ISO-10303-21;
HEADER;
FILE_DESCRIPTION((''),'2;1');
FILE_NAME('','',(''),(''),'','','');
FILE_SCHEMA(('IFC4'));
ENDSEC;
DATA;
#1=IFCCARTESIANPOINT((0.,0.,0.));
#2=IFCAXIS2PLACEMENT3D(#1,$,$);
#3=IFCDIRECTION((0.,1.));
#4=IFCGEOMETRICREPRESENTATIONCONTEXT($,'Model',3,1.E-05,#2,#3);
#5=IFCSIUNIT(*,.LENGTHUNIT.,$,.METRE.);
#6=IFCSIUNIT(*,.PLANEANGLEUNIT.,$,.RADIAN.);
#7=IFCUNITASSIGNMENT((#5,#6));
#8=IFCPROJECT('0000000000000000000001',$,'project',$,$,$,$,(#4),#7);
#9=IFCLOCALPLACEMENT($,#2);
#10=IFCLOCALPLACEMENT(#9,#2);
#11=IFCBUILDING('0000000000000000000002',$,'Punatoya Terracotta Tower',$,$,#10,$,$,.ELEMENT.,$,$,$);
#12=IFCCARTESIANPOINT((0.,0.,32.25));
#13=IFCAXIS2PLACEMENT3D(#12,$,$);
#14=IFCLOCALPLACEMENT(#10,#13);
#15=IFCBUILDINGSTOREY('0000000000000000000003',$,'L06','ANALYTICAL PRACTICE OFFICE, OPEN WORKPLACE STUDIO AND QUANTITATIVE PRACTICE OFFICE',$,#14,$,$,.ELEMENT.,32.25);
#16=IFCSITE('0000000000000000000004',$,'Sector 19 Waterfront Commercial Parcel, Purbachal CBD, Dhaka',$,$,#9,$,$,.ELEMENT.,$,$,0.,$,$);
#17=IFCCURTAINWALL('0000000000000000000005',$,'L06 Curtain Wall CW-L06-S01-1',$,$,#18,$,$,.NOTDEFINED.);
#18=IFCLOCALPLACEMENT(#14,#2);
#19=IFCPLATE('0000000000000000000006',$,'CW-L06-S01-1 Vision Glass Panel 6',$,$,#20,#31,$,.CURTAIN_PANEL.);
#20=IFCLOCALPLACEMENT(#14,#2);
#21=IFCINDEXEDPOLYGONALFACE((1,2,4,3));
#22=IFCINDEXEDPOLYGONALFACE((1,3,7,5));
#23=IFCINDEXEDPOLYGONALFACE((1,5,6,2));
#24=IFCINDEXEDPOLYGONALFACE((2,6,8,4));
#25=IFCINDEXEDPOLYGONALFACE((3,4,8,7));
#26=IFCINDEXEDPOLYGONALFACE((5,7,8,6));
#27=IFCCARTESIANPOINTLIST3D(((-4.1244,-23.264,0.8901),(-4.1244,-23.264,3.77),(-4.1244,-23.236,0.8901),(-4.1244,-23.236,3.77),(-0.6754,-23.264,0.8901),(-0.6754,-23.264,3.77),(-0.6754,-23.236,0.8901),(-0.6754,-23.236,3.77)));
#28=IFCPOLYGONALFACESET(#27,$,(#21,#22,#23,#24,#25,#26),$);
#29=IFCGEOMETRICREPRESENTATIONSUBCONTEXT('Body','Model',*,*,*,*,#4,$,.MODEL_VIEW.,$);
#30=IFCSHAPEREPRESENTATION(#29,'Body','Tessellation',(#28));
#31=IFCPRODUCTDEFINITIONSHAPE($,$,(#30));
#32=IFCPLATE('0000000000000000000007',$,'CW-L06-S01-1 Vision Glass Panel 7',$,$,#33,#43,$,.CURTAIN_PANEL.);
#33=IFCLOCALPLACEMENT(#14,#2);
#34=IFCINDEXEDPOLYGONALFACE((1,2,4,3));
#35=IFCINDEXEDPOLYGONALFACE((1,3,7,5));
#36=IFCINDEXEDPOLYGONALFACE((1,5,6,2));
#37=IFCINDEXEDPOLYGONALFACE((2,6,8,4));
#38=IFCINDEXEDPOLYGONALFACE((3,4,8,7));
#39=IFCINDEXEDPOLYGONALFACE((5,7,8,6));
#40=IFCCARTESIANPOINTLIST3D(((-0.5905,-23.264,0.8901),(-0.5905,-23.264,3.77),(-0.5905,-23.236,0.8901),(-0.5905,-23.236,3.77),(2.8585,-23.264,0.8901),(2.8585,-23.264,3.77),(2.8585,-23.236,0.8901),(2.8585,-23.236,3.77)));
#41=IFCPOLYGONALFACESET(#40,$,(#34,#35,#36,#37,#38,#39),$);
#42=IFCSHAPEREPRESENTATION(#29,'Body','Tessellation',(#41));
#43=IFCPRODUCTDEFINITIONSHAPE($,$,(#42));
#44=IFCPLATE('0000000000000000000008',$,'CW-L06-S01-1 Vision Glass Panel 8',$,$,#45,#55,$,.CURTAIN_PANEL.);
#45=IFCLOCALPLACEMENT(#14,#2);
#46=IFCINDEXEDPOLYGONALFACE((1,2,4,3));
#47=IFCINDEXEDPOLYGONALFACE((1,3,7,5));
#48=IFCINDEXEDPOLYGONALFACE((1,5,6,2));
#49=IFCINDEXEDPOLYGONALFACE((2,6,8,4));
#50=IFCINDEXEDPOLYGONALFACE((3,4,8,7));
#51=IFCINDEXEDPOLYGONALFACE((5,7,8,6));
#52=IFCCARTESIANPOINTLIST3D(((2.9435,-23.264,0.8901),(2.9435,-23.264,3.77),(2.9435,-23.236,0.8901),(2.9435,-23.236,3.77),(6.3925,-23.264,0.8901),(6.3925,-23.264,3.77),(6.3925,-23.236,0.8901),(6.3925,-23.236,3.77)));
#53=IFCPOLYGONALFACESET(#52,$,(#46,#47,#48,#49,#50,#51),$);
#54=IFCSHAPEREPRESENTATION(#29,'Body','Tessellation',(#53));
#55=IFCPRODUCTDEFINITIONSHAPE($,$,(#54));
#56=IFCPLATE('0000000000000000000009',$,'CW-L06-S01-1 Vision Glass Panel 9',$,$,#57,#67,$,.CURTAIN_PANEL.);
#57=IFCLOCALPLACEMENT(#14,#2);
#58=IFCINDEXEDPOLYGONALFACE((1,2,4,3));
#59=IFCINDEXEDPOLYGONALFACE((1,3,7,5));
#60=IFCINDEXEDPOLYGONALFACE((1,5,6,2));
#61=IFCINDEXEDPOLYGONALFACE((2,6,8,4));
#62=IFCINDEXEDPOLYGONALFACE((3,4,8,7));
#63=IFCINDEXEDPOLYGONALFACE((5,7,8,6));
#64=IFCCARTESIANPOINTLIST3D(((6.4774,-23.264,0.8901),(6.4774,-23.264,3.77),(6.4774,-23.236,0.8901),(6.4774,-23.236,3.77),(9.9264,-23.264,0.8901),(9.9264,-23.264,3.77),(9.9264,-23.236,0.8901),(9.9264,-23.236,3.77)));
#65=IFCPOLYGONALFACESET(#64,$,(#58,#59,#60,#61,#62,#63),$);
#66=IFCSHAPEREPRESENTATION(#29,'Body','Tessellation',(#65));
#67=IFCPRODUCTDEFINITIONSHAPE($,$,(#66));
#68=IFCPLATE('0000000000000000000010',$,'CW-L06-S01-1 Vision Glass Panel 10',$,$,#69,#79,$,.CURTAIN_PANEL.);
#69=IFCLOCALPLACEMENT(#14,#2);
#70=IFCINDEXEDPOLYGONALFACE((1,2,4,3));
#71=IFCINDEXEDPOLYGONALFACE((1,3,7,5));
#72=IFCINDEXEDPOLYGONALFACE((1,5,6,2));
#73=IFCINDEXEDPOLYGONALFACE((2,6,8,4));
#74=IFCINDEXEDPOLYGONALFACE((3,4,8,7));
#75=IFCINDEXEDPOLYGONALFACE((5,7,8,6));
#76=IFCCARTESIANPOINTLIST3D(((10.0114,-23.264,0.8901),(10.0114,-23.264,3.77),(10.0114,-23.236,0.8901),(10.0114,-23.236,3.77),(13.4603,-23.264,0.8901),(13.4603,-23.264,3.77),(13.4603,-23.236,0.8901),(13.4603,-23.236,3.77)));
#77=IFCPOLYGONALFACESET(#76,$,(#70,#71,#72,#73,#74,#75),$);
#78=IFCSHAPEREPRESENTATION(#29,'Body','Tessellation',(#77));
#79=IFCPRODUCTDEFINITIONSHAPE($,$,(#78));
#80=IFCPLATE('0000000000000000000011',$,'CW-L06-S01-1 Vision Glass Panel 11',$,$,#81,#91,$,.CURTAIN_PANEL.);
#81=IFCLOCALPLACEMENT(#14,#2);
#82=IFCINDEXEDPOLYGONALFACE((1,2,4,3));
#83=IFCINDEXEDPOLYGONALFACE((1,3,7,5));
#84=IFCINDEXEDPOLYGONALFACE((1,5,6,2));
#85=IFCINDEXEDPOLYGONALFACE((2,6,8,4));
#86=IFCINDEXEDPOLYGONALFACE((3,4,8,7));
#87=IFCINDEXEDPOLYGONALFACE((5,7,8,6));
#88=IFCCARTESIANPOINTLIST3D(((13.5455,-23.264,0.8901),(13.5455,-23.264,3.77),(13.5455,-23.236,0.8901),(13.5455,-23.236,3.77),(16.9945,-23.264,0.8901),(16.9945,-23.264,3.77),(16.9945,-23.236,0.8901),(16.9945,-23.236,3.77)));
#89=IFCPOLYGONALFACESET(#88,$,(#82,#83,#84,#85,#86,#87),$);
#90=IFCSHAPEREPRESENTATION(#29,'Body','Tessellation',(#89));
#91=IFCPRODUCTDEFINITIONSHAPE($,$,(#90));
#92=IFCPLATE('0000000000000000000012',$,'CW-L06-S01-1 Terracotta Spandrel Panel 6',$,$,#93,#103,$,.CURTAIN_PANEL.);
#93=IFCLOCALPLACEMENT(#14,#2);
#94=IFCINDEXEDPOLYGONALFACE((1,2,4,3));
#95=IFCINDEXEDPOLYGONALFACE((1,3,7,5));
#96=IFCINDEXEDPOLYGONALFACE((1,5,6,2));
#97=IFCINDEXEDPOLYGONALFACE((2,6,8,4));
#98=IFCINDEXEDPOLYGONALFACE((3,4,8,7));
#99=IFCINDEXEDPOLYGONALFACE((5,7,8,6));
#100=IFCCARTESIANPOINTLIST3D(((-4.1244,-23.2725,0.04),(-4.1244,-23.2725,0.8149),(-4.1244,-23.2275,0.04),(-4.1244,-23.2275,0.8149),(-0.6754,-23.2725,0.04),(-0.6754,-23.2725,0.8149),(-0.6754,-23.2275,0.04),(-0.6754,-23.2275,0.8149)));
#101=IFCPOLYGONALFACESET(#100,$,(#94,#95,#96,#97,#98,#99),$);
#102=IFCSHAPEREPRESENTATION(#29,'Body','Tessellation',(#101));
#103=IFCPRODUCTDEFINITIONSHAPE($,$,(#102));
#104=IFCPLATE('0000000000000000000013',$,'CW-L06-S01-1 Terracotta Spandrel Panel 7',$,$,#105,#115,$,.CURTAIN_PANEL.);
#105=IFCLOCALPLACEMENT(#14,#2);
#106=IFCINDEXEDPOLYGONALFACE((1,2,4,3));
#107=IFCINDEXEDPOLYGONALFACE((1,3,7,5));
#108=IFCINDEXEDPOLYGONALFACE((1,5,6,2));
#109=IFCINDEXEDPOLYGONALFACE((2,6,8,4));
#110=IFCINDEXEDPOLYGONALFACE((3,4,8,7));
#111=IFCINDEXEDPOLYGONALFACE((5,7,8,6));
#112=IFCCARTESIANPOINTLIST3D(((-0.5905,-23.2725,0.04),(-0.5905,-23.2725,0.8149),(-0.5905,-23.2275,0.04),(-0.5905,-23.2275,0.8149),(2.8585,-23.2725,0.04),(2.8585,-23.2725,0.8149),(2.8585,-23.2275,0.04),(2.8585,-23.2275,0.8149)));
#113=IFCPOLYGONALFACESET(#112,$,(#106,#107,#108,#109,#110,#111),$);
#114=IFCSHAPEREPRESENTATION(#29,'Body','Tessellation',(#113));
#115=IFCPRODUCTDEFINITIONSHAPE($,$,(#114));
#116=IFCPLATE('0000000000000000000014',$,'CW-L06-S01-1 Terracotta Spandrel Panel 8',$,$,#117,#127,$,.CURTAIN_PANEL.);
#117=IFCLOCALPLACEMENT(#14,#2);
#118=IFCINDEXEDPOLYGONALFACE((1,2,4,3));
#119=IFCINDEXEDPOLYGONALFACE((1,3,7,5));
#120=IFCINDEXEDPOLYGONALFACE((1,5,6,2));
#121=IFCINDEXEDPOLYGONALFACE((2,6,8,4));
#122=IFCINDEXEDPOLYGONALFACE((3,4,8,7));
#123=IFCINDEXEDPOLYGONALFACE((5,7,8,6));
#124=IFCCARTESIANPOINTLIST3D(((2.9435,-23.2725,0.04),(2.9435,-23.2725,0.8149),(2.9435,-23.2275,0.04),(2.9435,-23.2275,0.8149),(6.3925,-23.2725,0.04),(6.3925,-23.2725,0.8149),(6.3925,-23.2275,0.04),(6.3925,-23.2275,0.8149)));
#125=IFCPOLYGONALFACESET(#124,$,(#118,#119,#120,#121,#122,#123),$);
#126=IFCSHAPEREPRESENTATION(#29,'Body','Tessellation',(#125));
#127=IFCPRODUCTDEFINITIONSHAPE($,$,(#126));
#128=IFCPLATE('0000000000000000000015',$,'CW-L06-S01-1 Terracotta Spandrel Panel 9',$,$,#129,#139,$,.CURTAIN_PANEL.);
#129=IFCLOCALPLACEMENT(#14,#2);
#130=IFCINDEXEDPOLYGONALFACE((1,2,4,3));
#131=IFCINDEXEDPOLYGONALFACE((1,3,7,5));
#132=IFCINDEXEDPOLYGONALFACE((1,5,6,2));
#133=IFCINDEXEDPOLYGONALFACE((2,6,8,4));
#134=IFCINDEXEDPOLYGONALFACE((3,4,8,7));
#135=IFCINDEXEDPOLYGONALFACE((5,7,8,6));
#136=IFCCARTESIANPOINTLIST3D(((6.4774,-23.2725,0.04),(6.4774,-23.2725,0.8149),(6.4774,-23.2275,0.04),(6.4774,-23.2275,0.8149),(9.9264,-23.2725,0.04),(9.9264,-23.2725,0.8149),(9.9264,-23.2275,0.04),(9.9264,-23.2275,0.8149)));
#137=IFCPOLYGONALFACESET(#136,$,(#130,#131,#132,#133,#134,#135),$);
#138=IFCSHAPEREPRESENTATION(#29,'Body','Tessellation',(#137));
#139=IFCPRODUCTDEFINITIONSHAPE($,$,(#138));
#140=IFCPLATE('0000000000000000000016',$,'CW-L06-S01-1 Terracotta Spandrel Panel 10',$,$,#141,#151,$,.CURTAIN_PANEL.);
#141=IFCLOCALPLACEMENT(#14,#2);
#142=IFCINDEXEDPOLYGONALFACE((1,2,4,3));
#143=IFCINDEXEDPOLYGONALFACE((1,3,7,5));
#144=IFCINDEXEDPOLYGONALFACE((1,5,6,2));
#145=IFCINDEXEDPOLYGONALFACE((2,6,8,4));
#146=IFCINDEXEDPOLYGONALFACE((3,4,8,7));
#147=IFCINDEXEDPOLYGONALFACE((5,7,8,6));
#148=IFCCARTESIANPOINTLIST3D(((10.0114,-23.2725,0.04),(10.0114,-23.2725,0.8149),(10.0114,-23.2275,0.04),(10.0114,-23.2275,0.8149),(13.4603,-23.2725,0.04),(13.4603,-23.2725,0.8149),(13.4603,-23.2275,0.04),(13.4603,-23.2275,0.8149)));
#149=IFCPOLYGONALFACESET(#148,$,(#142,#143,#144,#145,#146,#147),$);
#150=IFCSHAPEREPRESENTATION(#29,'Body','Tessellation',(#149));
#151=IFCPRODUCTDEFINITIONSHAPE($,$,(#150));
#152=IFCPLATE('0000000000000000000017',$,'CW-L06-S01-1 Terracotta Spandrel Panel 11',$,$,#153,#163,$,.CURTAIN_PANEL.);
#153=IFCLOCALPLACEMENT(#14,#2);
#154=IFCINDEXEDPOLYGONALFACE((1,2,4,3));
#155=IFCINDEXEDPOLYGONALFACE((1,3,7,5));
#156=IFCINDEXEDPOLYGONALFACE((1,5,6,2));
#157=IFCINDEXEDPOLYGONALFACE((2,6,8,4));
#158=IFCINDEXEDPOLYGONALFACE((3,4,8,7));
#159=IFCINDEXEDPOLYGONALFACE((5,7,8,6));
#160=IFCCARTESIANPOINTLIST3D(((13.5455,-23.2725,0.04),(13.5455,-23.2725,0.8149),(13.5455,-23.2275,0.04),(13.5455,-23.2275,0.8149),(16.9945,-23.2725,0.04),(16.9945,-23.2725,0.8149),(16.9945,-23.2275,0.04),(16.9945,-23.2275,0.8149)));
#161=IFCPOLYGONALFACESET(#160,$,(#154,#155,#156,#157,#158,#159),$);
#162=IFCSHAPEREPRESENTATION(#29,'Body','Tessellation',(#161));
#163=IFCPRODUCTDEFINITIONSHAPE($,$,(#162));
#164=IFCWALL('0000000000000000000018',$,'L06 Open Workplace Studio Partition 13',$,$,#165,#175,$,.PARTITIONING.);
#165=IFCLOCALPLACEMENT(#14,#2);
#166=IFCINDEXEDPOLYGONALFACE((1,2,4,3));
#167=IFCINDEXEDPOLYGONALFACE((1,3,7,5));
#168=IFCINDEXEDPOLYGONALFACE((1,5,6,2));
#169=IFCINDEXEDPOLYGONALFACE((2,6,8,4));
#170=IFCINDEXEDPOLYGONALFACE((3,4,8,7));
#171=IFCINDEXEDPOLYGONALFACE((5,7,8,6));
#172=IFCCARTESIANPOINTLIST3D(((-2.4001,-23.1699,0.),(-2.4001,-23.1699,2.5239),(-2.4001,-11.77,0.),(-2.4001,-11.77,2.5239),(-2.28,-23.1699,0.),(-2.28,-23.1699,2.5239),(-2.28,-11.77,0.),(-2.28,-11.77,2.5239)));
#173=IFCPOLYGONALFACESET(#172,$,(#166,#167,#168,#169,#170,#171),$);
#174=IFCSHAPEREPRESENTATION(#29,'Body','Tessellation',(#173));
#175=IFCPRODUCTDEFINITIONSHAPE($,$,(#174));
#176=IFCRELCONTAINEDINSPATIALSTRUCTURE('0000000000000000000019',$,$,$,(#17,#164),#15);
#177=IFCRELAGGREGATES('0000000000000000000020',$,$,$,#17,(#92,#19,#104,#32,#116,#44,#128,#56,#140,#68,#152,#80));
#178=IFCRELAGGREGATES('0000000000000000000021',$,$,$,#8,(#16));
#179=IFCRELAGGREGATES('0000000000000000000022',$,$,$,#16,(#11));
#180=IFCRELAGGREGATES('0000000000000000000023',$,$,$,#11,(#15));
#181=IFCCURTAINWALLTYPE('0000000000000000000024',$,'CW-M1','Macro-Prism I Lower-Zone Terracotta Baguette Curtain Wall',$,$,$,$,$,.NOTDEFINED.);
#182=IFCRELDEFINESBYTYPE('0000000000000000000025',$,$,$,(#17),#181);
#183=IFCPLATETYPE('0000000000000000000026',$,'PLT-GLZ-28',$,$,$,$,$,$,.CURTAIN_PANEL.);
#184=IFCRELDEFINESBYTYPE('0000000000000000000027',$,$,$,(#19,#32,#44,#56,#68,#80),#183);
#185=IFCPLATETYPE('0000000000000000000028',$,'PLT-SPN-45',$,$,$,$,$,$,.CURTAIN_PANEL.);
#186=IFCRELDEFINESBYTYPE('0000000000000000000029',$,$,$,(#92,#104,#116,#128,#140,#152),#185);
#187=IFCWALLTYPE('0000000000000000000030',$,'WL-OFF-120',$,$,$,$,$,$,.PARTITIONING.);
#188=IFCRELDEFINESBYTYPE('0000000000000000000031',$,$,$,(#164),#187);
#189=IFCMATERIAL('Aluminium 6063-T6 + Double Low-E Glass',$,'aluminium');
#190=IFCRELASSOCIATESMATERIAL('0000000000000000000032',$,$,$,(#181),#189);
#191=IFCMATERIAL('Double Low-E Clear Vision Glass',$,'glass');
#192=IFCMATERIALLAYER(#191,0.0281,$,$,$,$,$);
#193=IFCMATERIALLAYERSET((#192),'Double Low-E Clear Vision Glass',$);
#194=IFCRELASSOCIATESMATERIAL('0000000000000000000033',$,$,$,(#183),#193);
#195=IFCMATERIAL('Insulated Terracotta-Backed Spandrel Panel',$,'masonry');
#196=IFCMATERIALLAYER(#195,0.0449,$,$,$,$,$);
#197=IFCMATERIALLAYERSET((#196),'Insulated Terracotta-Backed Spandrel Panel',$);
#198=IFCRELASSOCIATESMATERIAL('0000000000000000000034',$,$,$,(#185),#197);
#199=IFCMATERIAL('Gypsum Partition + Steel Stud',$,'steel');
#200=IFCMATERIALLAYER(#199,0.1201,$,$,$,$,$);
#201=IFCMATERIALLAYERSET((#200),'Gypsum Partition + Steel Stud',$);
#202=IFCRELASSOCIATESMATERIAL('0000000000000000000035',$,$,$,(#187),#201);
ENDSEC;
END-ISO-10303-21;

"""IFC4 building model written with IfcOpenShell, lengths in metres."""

from ifc_helpers import new_model, si_unit, direction, frame, frame_2d, origin, origin_2d, place, context, subcontext, project, spatial, rectangle, extrude, material, layer, layer_set, type_object, element, aggregate, save


model = new_model("IFC4")

# Units and contexts
model_context = context("Model", 3, precision=1e-05, world=origin(), true_north=direction((0.0, 1.0)))
body_context = subcontext(model_context, "Body", "Model", "MODEL_VIEW")
ifc_project = project(units=[si_unit("LENGTHUNIT", "METRE"), si_unit("PLANEANGLEUNIT", "RADIAN")], contexts=[model_context])

# Site, building, storey
site_placement = place(None, origin())
site = spatial("IfcSite", under=ifc_project, at=site_placement, Name="Sector 19 Waterfront Commercial Parcel, Purbachal CBD, Dhaka", CompositionType="ELEMENT", RefElevation=0.0)
building_placement = place(site_placement, origin())
building = spatial("IfcBuilding", under=site, at=building_placement, Name="Punatoya Terracotta Tower", CompositionType="ELEMENT")
storey_placement = place(building_placement, frame((0.0, 0.0, 32.25)))
storey = spatial("IfcBuildingStorey", under=building, at=storey_placement, Name="L06", Description="ANALYTICAL PRACTICE OFFICE, OPEN WORKPLACE STUDIO AND QUANTITATIVE PRACTICE OFFICE", CompositionType="ELEMENT", Elevation=32.25)

# Curtain wall
ifc_material_1 = material(Name="Aluminium 6063-T6 + Double Low-E Glass", Category="aluminium")
curtain_wall_type = type_object("IfcCurtainWallType", Name="CW-M1", Description="Macro-Prism I Lower-Zone Terracotta Baguette Curtain Wall", PredefinedType="NOTDEFINED", material=ifc_material_1)
curtain_wall_1_placement = place(storey_placement, origin())
curtain_wall_1 = element("IfcCurtainWall", 1, at=curtain_wall_1_placement, inside=storey, type_object=curtain_wall_type, Name="L06 Curtain Wall CW-L06-S01-1", PredefinedType="NOTDEFINED")

# Plates
ifc_material_2 = material(Name="Double Low-E Clear Vision Glass", Category="glass")
ifc_layer_1 = layer(ifc_material_2, 0.0281)
ifc_layer_set_1 = layer_set([ifc_layer_1], Name="Double Low-E Clear Vision Glass")
plate_type_1 = type_object("IfcPlateType", Name="PLT-GLZ-28", PredefinedType="CURTAIN_PANEL", material=ifc_layer_set_1)
plate_1_placement = place(storey_placement, frame((-2.3999, -23.25, 0.8901), z_axis=(0.0, 0.0, 1.0), x_axis=(1.0, 0.0, 0.0)))
plate_1 = element("IfcPlate", 2, at=plate_1_placement, type_object=plate_type_1, Name="CW-L06-S01-1 Vision Glass Panel 6", PredefinedType="CURTAIN_PANEL", context=body_context, shape_type="SweptSolid", body=[
    extrude(rectangle(XDim=3.449, YDim=0.0281, at=origin_2d()), origin(), (0.0, 0.0, 1.0), 2.8799),
])
plate_2_placement = place(storey_placement, frame((1.134, -23.25, 0.8901), z_axis=(0.0, 0.0, 1.0), x_axis=(1.0, 0.0, 0.0)))
plate_2 = element("IfcPlate", 3, at=plate_2_placement, type_object=plate_type_1, Name="CW-L06-S01-1 Vision Glass Panel 7", PredefinedType="CURTAIN_PANEL", context=body_context, shape_type="SweptSolid", body=[
    extrude(rectangle(XDim=3.449, YDim=0.0281, at=origin_2d()), origin(), (0.0, 0.0, 1.0), 2.8799),
])
plate_3_placement = place(storey_placement, frame((4.668, -23.25, 0.8901), z_axis=(0.0, 0.0, 1.0), x_axis=(1.0, 0.0, 0.0)))
plate_3 = element("IfcPlate", 4, at=plate_3_placement, type_object=plate_type_1, Name="CW-L06-S01-1 Vision Glass Panel 8", PredefinedType="CURTAIN_PANEL", context=body_context, shape_type="SweptSolid", body=[
    extrude(rectangle(XDim=3.449, YDim=0.0281, at=origin_2d()), origin(), (0.0, 0.0, 1.0), 2.8799),
])
plate_4_placement = place(storey_placement, frame((8.2019, -23.25, 0.8901), z_axis=(0.0, 0.0, 1.0), x_axis=(1.0, 0.0, 0.0)))
plate_4 = element("IfcPlate", 5, at=plate_4_placement, type_object=plate_type_1, Name="CW-L06-S01-1 Vision Glass Panel 9", PredefinedType="CURTAIN_PANEL", context=body_context, shape_type="SweptSolid", body=[
    extrude(rectangle(XDim=3.449, YDim=0.0281, at=origin_2d()), origin(), (0.0, 0.0, 1.0), 2.8799),
])
plate_5_placement = place(storey_placement, frame((11.7358, -23.25, 0.8901), z_axis=(0.0, 0.0, 1.0), x_axis=(1.0, 0.0, 0.0)))
plate_5 = element("IfcPlate", 6, at=plate_5_placement, type_object=plate_type_1, Name="CW-L06-S01-1 Vision Glass Panel 10", PredefinedType="CURTAIN_PANEL", context=body_context, shape_type="SweptSolid", body=[
    extrude(rectangle(XDim=3.449, YDim=0.0281, at=origin_2d()), origin(), (0.0, 0.0, 1.0), 2.8799),
])
plate_6_placement = place(storey_placement, frame((15.27, -23.25, 0.8901), z_axis=(0.0, 0.0, 1.0), x_axis=(1.0, 0.0, 0.0)))
plate_6 = element("IfcPlate", 7, at=plate_6_placement, type_object=plate_type_1, Name="CW-L06-S01-1 Vision Glass Panel 11", PredefinedType="CURTAIN_PANEL", context=body_context, shape_type="SweptSolid", body=[
    extrude(rectangle(XDim=3.449, YDim=0.0281, at=origin_2d()), origin(), (0.0, 0.0, 1.0), 2.8799),
])
ifc_material_3 = material(Name="Insulated Terracotta-Backed Spandrel Panel", Category="masonry")
ifc_layer_2 = layer(ifc_material_3, 0.0449)
ifc_layer_set_2 = layer_set([ifc_layer_2], Name="Insulated Terracotta-Backed Spandrel Panel")
plate_type_2 = type_object("IfcPlateType", Name="PLT-SPN-45", PredefinedType="CURTAIN_PANEL", material=ifc_layer_set_2)
plate_7_placement = place(storey_placement, frame((-2.3999, -23.25, 0.04), z_axis=(0.0, 0.0, 1.0), x_axis=(1.0, 0.0, 0.0)))
plate_7 = element("IfcPlate", 8, at=plate_7_placement, type_object=plate_type_2, Name="CW-L06-S01-1 Terracotta Spandrel Panel 6", PredefinedType="CURTAIN_PANEL", context=body_context, shape_type="SweptSolid", body=[
    extrude(rectangle(XDim=3.449, YDim=0.0449, at=origin_2d()), origin(), (0.0, 0.0, 1.0), 0.7749),
])
plate_8_placement = place(storey_placement, frame((1.134, -23.25, 0.04), z_axis=(0.0, 0.0, 1.0), x_axis=(1.0, 0.0, 0.0)))
plate_8 = element("IfcPlate", 9, at=plate_8_placement, type_object=plate_type_2, Name="CW-L06-S01-1 Terracotta Spandrel Panel 7", PredefinedType="CURTAIN_PANEL", context=body_context, shape_type="SweptSolid", body=[
    extrude(rectangle(XDim=3.449, YDim=0.0449, at=origin_2d()), origin(), (0.0, 0.0, 1.0), 0.7749),
])
plate_9_placement = place(storey_placement, frame((4.668, -23.25, 0.04), z_axis=(0.0, 0.0, 1.0), x_axis=(1.0, 0.0, 0.0)))
plate_9 = element("IfcPlate", 10, at=plate_9_placement, type_object=plate_type_2, Name="CW-L06-S01-1 Terracotta Spandrel Panel 8", PredefinedType="CURTAIN_PANEL", context=body_context, shape_type="SweptSolid", body=[
    extrude(rectangle(XDim=3.449, YDim=0.0449, at=origin_2d()), origin(), (0.0, 0.0, 1.0), 0.7749),
])
plate_10_placement = place(storey_placement, frame((8.2019, -23.25, 0.04), z_axis=(0.0, 0.0, 1.0), x_axis=(1.0, 0.0, 0.0)))
plate_10 = element("IfcPlate", 11, at=plate_10_placement, type_object=plate_type_2, Name="CW-L06-S01-1 Terracotta Spandrel Panel 9", PredefinedType="CURTAIN_PANEL", context=body_context, shape_type="SweptSolid", body=[
    extrude(rectangle(XDim=3.449, YDim=0.0449, at=origin_2d()), origin(), (0.0, 0.0, 1.0), 0.7749),
])
plate_11_placement = place(storey_placement, frame((11.7358, -23.25, 0.04), z_axis=(0.0, 0.0, 1.0), x_axis=(1.0, 0.0, 0.0)))
plate_11 = element("IfcPlate", 12, at=plate_11_placement, type_object=plate_type_2, Name="CW-L06-S01-1 Terracotta Spandrel Panel 10", PredefinedType="CURTAIN_PANEL", context=body_context, shape_type="SweptSolid", body=[
    extrude(rectangle(XDim=3.449, YDim=0.0449, at=origin_2d()), origin(), (0.0, 0.0, 1.0), 0.7749),
])
plate_12_placement = place(storey_placement, frame((15.27, -23.25, 0.04), z_axis=(0.0, 0.0, 1.0), x_axis=(1.0, 0.0, 0.0)))
plate_12 = element("IfcPlate", 13, at=plate_12_placement, type_object=plate_type_2, Name="CW-L06-S01-1 Terracotta Spandrel Panel 11", PredefinedType="CURTAIN_PANEL", context=body_context, shape_type="SweptSolid", body=[
    extrude(rectangle(XDim=3.449, YDim=0.0449, at=origin_2d()), origin(), (0.0, 0.0, 1.0), 0.7749),
])
aggregate(curtain_wall_1, [plate_7, plate_1, plate_8, plate_2, plate_9, plate_3, plate_10, plate_4, plate_11, plate_5, plate_12, plate_6])

# Wall
ifc_material_4 = material(Name="Gypsum Partition + Steel Stud", Category="steel")
ifc_layer_3 = layer(ifc_material_4, 0.1201)
ifc_layer_set_3 = layer_set([ifc_layer_3], Name="Gypsum Partition + Steel Stud")
wall_type = type_object("IfcWallType", Name="WL-OFF-120", PredefinedType="PARTITIONING", material=ifc_layer_set_3)
wall_placement = place(storey_placement, frame((-2.3401, -23.1699, 0.0), z_axis=(0.0, 0.0, 1.0), x_axis=(0.0, 1.0, 0.0)))
element("IfcWall", 14, at=wall_placement, inside=storey, type_object=wall_type, Name="L06 Open Workplace Studio Partition 13", PredefinedType="PARTITIONING", context=body_context, shape_type="SweptSolid", body=[
    extrude(rectangle(XDim=11.3999, YDim=0.1201, at=frame_2d((5.7, 0.0))), origin(), (0.0, 0.0, 1.0), 2.5239),
])

save(model, "model.ifc")
